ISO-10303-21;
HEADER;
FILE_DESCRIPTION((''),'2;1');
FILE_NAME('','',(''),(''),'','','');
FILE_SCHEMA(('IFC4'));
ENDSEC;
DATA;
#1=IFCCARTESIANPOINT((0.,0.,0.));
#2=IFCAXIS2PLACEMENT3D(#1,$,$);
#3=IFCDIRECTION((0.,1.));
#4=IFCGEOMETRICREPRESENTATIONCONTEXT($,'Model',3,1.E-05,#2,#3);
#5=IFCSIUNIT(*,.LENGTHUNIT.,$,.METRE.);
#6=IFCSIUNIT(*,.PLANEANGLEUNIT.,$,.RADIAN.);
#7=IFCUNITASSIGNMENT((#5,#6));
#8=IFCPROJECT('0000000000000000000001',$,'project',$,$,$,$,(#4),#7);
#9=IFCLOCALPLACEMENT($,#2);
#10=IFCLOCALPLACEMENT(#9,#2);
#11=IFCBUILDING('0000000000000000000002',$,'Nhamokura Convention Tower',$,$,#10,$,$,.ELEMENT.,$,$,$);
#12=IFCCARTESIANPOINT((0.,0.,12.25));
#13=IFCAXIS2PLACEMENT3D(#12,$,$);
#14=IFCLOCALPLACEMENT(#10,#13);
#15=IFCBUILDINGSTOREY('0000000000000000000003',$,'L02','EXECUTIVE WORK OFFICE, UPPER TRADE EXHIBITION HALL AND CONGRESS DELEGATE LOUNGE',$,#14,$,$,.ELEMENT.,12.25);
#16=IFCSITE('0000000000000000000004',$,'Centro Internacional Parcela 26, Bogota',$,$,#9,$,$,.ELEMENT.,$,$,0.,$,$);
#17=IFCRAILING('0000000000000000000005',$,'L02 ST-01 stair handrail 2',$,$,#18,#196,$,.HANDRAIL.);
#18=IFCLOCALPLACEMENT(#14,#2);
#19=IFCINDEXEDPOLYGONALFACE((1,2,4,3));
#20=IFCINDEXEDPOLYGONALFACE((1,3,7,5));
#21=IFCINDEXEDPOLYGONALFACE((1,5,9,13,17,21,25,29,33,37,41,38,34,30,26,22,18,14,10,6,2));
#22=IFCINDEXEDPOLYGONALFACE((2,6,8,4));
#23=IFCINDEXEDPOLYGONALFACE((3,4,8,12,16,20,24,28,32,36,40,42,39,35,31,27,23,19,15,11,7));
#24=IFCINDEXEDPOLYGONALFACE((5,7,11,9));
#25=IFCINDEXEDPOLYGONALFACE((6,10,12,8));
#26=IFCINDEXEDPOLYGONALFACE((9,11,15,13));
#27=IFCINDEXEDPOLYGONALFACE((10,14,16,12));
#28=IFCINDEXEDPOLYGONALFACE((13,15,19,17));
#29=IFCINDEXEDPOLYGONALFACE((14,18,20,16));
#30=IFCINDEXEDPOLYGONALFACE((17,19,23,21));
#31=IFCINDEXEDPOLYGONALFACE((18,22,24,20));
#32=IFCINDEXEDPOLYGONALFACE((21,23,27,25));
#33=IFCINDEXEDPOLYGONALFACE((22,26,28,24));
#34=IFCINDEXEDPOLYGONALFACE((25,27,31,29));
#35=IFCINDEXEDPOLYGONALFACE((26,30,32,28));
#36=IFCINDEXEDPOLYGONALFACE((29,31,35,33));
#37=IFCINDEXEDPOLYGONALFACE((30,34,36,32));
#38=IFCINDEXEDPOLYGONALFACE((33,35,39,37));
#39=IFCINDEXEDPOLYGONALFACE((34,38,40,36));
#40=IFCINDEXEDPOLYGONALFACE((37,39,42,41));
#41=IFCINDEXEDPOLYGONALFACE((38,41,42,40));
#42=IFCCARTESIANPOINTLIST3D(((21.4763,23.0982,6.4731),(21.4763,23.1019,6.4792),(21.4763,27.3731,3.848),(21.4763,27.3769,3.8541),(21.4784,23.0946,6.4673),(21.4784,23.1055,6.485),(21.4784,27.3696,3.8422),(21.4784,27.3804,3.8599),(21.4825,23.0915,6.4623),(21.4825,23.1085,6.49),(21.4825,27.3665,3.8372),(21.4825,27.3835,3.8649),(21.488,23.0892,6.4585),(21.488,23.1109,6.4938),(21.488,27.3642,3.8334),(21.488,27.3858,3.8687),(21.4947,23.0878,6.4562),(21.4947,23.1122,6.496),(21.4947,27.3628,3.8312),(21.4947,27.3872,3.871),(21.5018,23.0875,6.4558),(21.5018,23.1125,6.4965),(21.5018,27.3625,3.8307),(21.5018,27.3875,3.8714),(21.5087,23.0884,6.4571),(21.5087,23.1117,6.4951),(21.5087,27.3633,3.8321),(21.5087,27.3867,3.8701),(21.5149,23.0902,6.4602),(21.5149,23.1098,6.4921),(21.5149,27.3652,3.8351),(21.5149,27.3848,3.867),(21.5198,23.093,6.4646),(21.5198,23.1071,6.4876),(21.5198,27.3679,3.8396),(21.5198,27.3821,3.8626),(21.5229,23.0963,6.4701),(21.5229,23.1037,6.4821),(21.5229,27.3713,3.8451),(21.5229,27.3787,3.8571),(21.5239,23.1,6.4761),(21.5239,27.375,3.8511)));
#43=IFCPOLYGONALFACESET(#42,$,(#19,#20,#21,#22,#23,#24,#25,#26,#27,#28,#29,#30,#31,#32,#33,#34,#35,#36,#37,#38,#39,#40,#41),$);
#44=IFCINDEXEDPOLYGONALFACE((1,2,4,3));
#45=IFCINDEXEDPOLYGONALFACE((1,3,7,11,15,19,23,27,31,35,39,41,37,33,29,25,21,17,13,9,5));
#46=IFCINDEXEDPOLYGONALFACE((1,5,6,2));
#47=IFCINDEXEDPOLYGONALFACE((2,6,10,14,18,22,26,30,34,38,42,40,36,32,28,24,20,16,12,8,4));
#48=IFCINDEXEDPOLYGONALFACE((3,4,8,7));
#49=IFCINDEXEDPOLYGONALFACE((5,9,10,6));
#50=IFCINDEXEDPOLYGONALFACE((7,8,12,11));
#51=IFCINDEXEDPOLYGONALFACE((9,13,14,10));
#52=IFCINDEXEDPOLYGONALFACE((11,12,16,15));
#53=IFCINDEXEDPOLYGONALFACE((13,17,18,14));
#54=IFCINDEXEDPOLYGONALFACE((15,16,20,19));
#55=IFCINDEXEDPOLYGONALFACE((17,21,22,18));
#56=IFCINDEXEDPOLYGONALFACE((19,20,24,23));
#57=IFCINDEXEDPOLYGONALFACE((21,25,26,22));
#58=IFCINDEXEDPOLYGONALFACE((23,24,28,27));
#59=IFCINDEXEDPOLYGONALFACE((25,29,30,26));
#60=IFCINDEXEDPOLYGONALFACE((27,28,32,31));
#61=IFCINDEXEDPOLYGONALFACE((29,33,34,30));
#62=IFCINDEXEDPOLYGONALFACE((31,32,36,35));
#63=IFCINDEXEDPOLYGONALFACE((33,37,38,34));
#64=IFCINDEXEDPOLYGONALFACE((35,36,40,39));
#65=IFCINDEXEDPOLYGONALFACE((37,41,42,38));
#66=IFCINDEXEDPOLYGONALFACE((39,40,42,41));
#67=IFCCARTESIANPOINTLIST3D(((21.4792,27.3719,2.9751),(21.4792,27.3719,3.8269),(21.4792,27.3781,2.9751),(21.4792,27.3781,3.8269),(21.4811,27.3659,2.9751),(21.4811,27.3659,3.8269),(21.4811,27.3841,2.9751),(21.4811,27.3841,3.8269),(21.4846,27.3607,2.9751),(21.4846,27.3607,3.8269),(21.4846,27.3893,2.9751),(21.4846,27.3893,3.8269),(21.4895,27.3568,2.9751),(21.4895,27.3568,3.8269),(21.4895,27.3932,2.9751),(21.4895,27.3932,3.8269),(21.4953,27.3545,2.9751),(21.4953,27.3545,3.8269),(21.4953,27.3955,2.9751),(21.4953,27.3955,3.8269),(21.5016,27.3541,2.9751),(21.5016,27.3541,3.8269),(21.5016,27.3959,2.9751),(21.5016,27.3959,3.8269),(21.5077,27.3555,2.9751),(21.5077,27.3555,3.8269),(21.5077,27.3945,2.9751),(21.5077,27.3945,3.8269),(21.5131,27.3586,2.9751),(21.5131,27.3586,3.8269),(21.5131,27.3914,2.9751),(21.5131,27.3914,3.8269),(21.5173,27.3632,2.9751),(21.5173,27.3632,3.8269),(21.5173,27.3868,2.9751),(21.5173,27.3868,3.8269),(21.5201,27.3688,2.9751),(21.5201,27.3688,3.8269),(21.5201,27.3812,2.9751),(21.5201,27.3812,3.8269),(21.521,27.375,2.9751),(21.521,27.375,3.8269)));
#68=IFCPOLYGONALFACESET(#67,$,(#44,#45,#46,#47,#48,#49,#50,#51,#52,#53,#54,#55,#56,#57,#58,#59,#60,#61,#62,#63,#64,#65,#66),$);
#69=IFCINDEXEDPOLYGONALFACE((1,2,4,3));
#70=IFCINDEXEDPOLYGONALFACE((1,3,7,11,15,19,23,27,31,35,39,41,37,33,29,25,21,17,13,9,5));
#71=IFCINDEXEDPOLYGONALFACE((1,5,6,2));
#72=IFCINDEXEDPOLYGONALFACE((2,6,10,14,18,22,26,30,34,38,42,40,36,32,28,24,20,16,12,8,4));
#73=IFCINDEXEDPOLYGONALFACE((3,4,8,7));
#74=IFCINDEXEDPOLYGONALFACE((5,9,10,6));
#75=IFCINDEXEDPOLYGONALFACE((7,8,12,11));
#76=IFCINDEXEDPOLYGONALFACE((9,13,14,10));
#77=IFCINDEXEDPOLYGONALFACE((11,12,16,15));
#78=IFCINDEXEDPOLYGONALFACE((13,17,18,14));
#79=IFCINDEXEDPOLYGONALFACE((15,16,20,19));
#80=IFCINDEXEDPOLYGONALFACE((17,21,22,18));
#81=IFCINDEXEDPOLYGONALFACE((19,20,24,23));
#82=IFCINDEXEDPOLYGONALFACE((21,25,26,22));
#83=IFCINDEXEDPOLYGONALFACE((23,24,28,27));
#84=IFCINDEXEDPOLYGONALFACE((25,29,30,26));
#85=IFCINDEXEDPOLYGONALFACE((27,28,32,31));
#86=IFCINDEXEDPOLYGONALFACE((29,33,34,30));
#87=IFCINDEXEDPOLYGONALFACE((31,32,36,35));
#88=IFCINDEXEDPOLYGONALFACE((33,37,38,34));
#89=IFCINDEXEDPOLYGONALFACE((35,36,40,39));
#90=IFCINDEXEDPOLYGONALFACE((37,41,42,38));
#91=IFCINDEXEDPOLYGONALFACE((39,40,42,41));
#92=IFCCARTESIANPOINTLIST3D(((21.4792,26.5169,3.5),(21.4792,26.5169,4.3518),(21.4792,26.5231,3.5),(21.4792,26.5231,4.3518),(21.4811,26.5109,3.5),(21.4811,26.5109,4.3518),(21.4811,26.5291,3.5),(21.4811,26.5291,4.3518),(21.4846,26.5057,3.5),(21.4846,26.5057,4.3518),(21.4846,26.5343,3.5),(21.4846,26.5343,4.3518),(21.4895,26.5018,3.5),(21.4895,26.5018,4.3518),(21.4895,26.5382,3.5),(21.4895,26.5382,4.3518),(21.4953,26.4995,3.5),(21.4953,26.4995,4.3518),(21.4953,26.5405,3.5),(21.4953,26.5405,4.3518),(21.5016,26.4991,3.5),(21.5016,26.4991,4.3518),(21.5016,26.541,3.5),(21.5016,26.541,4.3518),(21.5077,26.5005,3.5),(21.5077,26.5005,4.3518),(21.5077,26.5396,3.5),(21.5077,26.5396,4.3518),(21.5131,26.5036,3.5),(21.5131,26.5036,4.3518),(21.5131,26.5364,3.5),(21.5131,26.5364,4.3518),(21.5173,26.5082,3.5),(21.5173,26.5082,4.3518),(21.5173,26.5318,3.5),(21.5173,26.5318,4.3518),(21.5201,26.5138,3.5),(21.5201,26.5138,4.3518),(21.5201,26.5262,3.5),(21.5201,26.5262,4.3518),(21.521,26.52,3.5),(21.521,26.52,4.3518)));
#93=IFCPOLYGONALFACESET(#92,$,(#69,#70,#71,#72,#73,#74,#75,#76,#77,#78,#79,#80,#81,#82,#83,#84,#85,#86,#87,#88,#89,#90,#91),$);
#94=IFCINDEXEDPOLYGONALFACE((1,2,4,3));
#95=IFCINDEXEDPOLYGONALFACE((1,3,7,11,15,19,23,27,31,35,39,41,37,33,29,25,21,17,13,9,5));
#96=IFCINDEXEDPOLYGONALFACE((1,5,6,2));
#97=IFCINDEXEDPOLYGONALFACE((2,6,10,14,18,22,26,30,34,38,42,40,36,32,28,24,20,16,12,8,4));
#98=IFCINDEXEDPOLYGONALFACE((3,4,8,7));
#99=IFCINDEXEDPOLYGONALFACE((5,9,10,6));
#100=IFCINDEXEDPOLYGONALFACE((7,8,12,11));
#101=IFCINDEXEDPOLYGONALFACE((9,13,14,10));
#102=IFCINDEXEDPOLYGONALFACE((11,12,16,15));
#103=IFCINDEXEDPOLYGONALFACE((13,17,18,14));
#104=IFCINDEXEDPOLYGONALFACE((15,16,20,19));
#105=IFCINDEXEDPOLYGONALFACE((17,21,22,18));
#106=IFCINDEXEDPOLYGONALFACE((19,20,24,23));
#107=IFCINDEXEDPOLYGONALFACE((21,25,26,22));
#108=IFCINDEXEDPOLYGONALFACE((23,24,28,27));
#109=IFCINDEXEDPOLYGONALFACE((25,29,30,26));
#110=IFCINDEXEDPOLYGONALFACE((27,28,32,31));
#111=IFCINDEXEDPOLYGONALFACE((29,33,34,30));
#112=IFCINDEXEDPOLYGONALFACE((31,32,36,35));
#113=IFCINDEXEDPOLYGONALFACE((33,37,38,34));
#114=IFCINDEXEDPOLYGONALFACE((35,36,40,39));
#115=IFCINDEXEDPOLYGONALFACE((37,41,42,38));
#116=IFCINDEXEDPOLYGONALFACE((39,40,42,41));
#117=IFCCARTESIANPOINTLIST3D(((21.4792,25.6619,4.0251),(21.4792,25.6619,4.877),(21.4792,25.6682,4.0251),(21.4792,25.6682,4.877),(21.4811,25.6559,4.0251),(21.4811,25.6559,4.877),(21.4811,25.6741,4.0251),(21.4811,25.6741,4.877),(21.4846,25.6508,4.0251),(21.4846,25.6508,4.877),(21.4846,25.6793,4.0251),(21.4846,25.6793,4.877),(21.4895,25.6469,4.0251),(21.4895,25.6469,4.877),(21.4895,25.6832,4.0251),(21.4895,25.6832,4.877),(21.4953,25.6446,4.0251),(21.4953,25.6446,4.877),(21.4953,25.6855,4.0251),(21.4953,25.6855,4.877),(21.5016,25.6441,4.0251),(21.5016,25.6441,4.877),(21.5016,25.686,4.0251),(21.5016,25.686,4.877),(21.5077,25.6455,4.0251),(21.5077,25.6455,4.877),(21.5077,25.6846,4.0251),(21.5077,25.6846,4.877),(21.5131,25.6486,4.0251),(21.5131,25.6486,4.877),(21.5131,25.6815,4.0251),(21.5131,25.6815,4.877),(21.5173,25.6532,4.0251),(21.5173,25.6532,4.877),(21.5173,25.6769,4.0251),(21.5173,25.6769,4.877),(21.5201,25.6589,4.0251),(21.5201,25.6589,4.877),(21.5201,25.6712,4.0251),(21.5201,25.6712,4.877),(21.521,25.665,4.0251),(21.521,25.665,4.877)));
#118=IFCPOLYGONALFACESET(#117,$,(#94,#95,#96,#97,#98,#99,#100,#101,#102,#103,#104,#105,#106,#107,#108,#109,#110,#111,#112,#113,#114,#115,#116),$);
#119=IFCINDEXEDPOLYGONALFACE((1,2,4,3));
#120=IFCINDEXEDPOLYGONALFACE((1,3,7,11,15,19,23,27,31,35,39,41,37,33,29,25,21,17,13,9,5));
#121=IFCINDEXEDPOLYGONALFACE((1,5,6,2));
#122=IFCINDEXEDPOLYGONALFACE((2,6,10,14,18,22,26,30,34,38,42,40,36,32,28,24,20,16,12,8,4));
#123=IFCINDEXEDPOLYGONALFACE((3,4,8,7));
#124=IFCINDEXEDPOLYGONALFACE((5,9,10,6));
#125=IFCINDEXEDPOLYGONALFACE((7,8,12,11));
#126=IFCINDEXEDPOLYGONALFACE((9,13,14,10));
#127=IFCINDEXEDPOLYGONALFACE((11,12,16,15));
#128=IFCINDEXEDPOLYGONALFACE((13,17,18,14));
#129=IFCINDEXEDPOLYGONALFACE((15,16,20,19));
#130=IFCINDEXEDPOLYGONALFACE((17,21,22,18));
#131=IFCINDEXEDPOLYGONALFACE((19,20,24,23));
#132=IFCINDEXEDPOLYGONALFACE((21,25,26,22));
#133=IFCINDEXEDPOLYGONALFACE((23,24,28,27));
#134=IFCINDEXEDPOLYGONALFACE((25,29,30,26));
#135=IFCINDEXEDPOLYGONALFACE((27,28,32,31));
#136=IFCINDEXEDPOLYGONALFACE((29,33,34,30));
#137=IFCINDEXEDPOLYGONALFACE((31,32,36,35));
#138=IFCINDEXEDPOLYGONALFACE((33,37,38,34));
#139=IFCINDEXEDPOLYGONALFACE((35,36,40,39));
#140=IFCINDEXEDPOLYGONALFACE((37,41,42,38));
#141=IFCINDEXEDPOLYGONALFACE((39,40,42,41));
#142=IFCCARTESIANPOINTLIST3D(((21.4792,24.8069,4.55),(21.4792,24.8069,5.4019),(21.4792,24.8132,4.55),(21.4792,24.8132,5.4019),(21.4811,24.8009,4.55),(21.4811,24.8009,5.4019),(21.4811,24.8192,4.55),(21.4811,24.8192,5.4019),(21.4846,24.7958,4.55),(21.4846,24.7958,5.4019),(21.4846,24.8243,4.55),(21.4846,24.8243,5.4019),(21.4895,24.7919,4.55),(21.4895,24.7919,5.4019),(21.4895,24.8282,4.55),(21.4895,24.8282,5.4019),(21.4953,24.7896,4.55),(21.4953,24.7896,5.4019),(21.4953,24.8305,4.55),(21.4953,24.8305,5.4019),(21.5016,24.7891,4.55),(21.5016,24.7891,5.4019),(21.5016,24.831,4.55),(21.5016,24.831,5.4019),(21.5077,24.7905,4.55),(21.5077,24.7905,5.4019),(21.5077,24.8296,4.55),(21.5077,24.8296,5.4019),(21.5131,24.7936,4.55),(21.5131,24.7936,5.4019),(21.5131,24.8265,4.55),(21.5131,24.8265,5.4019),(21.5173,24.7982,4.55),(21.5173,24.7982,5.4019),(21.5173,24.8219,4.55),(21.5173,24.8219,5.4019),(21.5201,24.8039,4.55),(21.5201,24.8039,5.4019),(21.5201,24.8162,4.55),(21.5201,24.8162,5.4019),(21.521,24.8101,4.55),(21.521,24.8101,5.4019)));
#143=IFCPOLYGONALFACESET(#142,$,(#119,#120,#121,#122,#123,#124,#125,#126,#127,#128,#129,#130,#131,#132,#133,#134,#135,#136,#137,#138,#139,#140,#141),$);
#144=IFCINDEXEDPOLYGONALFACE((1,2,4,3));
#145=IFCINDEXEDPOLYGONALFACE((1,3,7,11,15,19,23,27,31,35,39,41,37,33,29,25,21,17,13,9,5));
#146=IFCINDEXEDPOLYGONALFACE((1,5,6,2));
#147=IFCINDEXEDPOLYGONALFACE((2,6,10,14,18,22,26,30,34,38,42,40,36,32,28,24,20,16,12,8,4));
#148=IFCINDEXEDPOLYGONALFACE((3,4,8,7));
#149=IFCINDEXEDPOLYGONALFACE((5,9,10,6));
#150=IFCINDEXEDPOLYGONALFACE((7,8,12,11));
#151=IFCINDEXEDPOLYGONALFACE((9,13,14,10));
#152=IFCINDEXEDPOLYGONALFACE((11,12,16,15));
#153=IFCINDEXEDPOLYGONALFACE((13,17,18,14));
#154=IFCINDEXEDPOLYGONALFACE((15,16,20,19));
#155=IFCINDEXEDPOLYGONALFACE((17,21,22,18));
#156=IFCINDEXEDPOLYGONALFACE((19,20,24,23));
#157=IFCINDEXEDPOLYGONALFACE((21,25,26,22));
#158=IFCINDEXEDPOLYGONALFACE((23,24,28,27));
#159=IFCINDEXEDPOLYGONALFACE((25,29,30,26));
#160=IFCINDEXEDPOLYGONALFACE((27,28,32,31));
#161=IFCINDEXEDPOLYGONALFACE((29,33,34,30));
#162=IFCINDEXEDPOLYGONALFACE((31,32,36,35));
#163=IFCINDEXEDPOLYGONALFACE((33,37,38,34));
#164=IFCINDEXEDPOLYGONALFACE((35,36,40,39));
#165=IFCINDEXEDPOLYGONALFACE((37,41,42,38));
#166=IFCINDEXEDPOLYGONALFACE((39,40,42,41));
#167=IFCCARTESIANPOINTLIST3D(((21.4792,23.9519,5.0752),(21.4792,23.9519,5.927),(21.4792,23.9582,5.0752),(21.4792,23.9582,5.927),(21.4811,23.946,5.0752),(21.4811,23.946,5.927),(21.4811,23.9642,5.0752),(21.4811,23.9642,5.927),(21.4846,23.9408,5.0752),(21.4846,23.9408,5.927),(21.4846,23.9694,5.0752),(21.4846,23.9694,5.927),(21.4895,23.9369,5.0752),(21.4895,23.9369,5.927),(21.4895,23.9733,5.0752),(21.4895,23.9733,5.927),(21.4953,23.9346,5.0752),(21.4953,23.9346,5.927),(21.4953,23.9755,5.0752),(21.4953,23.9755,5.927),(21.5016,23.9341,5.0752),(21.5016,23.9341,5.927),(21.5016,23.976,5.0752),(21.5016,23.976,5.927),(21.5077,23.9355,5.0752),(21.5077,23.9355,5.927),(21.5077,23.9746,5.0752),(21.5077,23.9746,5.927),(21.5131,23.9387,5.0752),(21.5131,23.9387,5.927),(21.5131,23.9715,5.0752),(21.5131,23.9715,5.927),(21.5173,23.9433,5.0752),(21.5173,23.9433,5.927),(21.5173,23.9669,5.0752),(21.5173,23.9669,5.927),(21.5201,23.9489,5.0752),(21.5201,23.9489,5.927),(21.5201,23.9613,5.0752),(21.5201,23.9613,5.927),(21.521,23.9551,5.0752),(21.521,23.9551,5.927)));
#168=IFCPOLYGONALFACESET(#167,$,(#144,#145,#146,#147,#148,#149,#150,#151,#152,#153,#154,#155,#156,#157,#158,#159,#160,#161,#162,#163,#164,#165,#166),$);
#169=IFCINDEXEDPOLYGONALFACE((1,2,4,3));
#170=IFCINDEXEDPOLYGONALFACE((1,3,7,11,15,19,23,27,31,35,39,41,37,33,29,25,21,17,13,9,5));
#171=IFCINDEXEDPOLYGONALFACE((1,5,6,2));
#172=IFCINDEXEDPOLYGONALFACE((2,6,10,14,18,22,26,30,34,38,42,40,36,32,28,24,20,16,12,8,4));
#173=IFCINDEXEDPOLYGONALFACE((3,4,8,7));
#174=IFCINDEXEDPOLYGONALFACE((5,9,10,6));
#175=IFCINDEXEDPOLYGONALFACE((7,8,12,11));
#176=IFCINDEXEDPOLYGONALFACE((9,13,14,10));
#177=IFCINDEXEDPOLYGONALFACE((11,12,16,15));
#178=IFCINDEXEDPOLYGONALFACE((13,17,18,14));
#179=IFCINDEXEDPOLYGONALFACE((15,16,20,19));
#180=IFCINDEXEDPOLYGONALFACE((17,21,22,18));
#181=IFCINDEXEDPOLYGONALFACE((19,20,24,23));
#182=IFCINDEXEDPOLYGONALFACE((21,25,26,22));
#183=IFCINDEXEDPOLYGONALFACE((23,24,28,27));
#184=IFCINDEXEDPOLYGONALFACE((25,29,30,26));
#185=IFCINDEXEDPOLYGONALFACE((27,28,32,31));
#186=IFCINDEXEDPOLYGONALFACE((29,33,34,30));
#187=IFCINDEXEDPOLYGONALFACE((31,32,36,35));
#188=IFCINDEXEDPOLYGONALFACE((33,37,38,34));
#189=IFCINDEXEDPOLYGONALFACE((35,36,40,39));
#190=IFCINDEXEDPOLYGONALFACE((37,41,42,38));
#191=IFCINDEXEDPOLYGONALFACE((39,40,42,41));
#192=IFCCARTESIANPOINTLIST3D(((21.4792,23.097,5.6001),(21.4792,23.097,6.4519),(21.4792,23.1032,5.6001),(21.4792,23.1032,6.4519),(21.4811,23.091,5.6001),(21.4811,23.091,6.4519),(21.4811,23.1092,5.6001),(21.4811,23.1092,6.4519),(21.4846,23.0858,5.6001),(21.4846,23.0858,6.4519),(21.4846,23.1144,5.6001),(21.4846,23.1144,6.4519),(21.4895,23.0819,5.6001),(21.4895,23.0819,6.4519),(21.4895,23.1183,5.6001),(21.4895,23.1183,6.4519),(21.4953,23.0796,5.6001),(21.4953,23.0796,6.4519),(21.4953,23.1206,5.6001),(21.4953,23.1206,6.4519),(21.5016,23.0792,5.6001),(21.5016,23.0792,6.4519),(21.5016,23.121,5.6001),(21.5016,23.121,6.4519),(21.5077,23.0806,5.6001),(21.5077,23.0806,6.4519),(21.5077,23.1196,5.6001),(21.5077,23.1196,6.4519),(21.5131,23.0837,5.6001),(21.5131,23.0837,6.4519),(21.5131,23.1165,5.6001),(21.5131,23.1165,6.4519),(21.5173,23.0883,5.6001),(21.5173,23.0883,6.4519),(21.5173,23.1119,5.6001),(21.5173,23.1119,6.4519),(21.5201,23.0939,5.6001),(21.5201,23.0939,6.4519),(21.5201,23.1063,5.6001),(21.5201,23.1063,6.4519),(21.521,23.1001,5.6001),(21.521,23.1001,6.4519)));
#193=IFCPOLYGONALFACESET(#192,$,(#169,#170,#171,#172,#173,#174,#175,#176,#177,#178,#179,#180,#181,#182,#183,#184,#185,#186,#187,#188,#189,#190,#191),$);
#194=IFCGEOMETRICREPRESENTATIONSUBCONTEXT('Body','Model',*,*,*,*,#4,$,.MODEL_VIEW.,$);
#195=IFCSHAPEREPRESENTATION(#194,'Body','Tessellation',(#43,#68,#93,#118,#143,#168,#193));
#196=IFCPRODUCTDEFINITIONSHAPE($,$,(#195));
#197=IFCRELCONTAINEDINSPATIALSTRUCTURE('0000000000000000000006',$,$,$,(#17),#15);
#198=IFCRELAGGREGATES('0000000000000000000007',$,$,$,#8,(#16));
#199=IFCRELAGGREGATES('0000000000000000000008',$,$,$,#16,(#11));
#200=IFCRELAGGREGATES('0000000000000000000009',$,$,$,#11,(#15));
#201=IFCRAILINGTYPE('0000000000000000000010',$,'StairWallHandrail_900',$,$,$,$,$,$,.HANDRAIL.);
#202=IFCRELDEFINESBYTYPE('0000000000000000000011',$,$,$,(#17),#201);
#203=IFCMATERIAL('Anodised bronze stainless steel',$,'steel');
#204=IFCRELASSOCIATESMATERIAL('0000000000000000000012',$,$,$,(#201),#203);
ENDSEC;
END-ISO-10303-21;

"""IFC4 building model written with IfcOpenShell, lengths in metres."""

from ifc_helpers import new_model, si_unit, direction, frame, origin, origin_2d, place, context, subcontext, project, spatial, circle, extrude, material, type_object, element, save


model = new_model("IFC4")

# Units and contexts
model_context = context("Model", 3, precision=1e-05, world=origin(), true_north=direction((0.0, 1.0)))
body_context = subcontext(model_context, "Body", "Model", "MODEL_VIEW")
ifc_project = project(units=[si_unit("LENGTHUNIT", "METRE"), si_unit("PLANEANGLEUNIT", "RADIAN")], contexts=[model_context])

# Site, building, storey
site_placement = place(None, origin())
site = spatial("IfcSite", under=ifc_project, at=site_placement, Name="Centro Internacional Parcela 26, Bogota", CompositionType="ELEMENT", RefElevation=0.0)
building_placement = place(site_placement, origin())
building = spatial("IfcBuilding", under=site, at=building_placement, Name="Nhamokura Convention Tower", CompositionType="ELEMENT")
storey_placement = place(building_placement, frame((0.0, 0.0, 12.25)))
storey = spatial("IfcBuildingStorey", under=building, at=storey_placement, Name="L02", Description="EXECUTIVE WORK OFFICE, UPPER TRADE EXHIBITION HALL AND CONGRESS DELEGATE LOUNGE", CompositionType="ELEMENT", Elevation=12.25)

# Railing
ifc_material_1 = material(Name="Anodised bronze stainless steel", Category="steel")
railing_type_1 = type_object("IfcRailingType", Name="StairWallHandrail_900", PredefinedType="HANDRAIL", material=ifc_material_1)
railing_1_placement = place(storey_placement, frame((21.5, 27.375, 2.9751)))
element("IfcRailing", 1, at=railing_1_placement, inside=storey, type_object=railing_type_1, Name="L02 ST-01 stair handrail 2", PredefinedType="HANDRAIL", context=body_context, shape_type="SweptSolid", body=[
    extrude(circle(Radius=0.0239, at=origin_2d()), frame((0.0, 0.0, 0.876), z_axis=(0.0, -0.852166, 0.523272), x_axis=(1.0, 0.0, 0.0)), (0.0, 0.0, 1.0), 5.0166),
    extrude(circle(Radius=0.021, at=origin_2d()), origin(), (0.0, 0.0, 1.0), 0.8518),
    extrude(circle(Radius=0.021, at=origin_2d()), frame((0.0, -0.855, 0.5249)), (0.0, 0.0, 1.0), 0.8518),
    extrude(circle(Radius=0.021, at=origin_2d()), frame((0.0, -1.71, 1.05)), (0.0, 0.0, 1.0), 0.8518),
    extrude(circle(Radius=0.021, at=origin_2d()), frame((0.0, -2.5649, 1.575)), (0.0, 0.0, 1.0), 0.8518),
    extrude(circle(Radius=0.021, at=origin_2d()), frame((0.0, -3.4199, 2.1001)), (0.0, 0.0, 1.0), 0.8518),
    extrude(circle(Radius=0.021, at=origin_2d()), frame((0.0, -4.2749, 2.625)), (0.0, 0.0, 1.0), 0.8518),
])

save(model, "model.ifc")
